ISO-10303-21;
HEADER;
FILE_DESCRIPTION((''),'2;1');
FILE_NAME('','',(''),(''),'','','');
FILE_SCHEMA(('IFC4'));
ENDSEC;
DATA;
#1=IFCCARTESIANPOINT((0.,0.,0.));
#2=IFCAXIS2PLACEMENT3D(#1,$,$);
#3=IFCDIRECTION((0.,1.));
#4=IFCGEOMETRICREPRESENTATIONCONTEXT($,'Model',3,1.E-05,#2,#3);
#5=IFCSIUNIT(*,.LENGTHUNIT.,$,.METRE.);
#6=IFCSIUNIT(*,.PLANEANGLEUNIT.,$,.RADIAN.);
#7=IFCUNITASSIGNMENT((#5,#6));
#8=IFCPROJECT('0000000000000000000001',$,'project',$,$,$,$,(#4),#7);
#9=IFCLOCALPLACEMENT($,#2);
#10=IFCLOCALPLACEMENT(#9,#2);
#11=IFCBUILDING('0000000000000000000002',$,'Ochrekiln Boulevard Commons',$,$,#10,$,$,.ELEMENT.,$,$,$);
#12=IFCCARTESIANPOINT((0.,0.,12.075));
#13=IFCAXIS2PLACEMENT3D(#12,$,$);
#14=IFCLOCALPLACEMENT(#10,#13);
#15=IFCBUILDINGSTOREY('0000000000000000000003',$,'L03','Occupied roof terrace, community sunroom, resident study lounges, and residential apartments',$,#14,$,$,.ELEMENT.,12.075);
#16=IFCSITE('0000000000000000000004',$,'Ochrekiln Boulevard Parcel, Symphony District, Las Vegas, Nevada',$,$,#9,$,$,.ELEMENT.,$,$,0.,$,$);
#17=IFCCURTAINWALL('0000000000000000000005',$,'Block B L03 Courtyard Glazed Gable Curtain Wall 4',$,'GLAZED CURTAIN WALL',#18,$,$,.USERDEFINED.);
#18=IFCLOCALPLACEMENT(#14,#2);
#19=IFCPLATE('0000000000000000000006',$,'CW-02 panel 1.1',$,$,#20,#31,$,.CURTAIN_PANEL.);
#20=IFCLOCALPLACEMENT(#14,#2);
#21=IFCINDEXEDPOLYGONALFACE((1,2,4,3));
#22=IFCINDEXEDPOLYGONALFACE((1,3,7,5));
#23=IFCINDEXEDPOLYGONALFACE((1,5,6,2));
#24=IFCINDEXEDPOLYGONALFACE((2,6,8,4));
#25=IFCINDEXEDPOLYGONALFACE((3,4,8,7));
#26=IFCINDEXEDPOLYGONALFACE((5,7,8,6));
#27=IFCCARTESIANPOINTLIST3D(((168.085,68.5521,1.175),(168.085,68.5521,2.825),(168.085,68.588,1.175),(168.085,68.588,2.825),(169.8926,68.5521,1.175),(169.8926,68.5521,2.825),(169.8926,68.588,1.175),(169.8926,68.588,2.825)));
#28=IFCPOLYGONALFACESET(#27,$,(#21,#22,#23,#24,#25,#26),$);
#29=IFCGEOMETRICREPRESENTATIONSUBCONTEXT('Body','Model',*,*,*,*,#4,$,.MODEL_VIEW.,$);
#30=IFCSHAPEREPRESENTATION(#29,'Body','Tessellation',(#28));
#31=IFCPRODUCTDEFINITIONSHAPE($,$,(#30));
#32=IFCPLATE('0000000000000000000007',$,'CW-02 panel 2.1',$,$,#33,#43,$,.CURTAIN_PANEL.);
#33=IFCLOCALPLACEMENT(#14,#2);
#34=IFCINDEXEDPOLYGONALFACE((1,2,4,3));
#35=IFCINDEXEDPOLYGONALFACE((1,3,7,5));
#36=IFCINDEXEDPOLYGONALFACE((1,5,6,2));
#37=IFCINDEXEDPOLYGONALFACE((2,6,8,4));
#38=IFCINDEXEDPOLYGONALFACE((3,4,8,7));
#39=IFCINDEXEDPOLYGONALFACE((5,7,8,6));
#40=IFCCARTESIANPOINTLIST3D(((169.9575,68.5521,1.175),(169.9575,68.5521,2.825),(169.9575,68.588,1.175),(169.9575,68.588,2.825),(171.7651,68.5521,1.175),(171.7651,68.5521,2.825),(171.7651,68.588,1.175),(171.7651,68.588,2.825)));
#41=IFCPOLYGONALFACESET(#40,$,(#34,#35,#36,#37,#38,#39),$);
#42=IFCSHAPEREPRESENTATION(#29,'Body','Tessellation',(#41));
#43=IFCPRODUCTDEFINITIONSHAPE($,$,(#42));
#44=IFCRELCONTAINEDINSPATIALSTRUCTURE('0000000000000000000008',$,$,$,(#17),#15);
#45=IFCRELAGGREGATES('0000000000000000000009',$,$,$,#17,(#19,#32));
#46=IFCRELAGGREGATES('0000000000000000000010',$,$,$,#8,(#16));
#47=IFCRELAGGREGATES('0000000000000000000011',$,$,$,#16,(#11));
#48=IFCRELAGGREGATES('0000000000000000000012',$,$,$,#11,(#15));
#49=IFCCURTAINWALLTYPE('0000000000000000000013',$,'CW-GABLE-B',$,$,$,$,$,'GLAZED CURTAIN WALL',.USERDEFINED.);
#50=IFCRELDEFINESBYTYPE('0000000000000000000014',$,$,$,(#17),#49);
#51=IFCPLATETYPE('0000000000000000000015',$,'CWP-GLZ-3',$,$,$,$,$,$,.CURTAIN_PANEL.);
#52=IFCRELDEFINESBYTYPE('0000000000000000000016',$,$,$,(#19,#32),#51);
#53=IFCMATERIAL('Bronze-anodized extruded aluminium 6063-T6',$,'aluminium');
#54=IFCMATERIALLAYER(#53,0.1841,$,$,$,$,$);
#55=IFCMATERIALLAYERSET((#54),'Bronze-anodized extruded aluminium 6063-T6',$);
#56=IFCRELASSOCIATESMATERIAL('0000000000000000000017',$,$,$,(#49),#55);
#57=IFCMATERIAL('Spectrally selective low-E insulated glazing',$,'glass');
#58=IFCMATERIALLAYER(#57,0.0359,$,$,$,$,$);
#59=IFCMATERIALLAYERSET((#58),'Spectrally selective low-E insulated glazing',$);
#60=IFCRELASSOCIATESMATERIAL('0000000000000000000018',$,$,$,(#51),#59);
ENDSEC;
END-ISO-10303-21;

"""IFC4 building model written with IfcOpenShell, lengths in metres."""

from ifc_helpers import new_model, si_unit, direction, frame, origin, origin_2d, place, context, subcontext, project, spatial, rectangle, extrude, material, layer, layer_set, type_object, element, aggregate, save


model = new_model("IFC4")

# Units and contexts
model_context = context("Model", 3, precision=1e-05, world=origin(), true_north=direction((0.0, 1.0)))
body_context = subcontext(model_context, "Body", "Model", "MODEL_VIEW")
ifc_project = project(units=[si_unit("LENGTHUNIT", "METRE"), si_unit("PLANEANGLEUNIT", "RADIAN")], contexts=[model_context])

# Site, building, storey
site_placement = place(None, origin())
site = spatial("IfcSite", under=ifc_project, at=site_placement, Name="Ochrekiln Boulevard Parcel, Symphony District, Las Vegas, Nevada", CompositionType="ELEMENT", RefElevation=0.0)
building_placement = place(site_placement, origin())
building = spatial("IfcBuilding", under=site, at=building_placement, Name="Ochrekiln Boulevard Commons", CompositionType="ELEMENT")
storey_placement = place(building_placement, frame((0.0, 0.0, 12.075)))
storey = spatial("IfcBuildingStorey", under=building, at=storey_placement, Name="L03", Description="Occupied roof terrace, community sunroom, resident study lounges, and residential apartments", CompositionType="ELEMENT", Elevation=12.075)

# Curtain wall
ifc_material_1 = material(Name="Bronze-anodized extruded aluminium 6063-T6", Category="aluminium")
ifc_layer_1 = layer(ifc_material_1, 0.1841)
ifc_layer_set_1 = layer_set([ifc_layer_1], Name="Bronze-anodized extruded aluminium 6063-T6")
curtain_wall_type = type_object("IfcCurtainWallType", Name="CW-GABLE-B", ElementType="GLAZED CURTAIN WALL", PredefinedType="USERDEFINED", material=ifc_layer_set_1)
curtain_wall_1_placement = place(storey_placement, origin())
curtain_wall_1 = element("IfcCurtainWall", 1, at=curtain_wall_1_placement, inside=storey, type_object=curtain_wall_type, Name="Block B L03 Courtyard Glazed Gable Curtain Wall 4", ObjectType="GLAZED CURTAIN WALL", PredefinedType="USERDEFINED")

# Plates
ifc_material_2 = material(Name="Spectrally selective low-E insulated glazing", Category="glass")
ifc_layer_2 = layer(ifc_material_2, 0.0359)
ifc_layer_set_2 = layer_set([ifc_layer_2], Name="Spectrally selective low-E insulated glazing")
plate_type_1 = type_object("IfcPlateType", Name="CWP-GLZ-3", PredefinedType="CURTAIN_PANEL", material=ifc_layer_set_2)
plate_1_placement = place(storey_placement, frame((168.9888, 68.5701, 1.175), z_axis=(0.0, 0.0, 1.0), x_axis=(1.0, 0.0, 0.0)))
plate_1 = element("IfcPlate", 2, at=plate_1_placement, type_object=plate_type_1, Name="CW-02 panel 1.1", PredefinedType="CURTAIN_PANEL", context=body_context, shape_type="SweptSolid", body=[
    extrude(rectangle(XDim=1.8076, YDim=0.0359, at=origin_2d()), origin(), (0.0, 0.0, 1.0), 1.6499),
])
plate_2_placement = place(storey_placement, frame((170.8613, 68.5701, 1.175), z_axis=(0.0, 0.0, 1.0), x_axis=(1.0, 0.0, 0.0)))
plate_2 = element("IfcPlate", 3, at=plate_2_placement, type_object=plate_type_1, Name="CW-02 panel 2.1", PredefinedType="CURTAIN_PANEL", context=body_context, shape_type="SweptSolid", body=[
    extrude(rectangle(XDim=1.8076, YDim=0.0359, at=origin_2d()), origin(), (0.0, 0.0, 1.0), 1.6499),
])
aggregate(curtain_wall_1, [plate_1, plate_2])

save(model, "model.ifc")
